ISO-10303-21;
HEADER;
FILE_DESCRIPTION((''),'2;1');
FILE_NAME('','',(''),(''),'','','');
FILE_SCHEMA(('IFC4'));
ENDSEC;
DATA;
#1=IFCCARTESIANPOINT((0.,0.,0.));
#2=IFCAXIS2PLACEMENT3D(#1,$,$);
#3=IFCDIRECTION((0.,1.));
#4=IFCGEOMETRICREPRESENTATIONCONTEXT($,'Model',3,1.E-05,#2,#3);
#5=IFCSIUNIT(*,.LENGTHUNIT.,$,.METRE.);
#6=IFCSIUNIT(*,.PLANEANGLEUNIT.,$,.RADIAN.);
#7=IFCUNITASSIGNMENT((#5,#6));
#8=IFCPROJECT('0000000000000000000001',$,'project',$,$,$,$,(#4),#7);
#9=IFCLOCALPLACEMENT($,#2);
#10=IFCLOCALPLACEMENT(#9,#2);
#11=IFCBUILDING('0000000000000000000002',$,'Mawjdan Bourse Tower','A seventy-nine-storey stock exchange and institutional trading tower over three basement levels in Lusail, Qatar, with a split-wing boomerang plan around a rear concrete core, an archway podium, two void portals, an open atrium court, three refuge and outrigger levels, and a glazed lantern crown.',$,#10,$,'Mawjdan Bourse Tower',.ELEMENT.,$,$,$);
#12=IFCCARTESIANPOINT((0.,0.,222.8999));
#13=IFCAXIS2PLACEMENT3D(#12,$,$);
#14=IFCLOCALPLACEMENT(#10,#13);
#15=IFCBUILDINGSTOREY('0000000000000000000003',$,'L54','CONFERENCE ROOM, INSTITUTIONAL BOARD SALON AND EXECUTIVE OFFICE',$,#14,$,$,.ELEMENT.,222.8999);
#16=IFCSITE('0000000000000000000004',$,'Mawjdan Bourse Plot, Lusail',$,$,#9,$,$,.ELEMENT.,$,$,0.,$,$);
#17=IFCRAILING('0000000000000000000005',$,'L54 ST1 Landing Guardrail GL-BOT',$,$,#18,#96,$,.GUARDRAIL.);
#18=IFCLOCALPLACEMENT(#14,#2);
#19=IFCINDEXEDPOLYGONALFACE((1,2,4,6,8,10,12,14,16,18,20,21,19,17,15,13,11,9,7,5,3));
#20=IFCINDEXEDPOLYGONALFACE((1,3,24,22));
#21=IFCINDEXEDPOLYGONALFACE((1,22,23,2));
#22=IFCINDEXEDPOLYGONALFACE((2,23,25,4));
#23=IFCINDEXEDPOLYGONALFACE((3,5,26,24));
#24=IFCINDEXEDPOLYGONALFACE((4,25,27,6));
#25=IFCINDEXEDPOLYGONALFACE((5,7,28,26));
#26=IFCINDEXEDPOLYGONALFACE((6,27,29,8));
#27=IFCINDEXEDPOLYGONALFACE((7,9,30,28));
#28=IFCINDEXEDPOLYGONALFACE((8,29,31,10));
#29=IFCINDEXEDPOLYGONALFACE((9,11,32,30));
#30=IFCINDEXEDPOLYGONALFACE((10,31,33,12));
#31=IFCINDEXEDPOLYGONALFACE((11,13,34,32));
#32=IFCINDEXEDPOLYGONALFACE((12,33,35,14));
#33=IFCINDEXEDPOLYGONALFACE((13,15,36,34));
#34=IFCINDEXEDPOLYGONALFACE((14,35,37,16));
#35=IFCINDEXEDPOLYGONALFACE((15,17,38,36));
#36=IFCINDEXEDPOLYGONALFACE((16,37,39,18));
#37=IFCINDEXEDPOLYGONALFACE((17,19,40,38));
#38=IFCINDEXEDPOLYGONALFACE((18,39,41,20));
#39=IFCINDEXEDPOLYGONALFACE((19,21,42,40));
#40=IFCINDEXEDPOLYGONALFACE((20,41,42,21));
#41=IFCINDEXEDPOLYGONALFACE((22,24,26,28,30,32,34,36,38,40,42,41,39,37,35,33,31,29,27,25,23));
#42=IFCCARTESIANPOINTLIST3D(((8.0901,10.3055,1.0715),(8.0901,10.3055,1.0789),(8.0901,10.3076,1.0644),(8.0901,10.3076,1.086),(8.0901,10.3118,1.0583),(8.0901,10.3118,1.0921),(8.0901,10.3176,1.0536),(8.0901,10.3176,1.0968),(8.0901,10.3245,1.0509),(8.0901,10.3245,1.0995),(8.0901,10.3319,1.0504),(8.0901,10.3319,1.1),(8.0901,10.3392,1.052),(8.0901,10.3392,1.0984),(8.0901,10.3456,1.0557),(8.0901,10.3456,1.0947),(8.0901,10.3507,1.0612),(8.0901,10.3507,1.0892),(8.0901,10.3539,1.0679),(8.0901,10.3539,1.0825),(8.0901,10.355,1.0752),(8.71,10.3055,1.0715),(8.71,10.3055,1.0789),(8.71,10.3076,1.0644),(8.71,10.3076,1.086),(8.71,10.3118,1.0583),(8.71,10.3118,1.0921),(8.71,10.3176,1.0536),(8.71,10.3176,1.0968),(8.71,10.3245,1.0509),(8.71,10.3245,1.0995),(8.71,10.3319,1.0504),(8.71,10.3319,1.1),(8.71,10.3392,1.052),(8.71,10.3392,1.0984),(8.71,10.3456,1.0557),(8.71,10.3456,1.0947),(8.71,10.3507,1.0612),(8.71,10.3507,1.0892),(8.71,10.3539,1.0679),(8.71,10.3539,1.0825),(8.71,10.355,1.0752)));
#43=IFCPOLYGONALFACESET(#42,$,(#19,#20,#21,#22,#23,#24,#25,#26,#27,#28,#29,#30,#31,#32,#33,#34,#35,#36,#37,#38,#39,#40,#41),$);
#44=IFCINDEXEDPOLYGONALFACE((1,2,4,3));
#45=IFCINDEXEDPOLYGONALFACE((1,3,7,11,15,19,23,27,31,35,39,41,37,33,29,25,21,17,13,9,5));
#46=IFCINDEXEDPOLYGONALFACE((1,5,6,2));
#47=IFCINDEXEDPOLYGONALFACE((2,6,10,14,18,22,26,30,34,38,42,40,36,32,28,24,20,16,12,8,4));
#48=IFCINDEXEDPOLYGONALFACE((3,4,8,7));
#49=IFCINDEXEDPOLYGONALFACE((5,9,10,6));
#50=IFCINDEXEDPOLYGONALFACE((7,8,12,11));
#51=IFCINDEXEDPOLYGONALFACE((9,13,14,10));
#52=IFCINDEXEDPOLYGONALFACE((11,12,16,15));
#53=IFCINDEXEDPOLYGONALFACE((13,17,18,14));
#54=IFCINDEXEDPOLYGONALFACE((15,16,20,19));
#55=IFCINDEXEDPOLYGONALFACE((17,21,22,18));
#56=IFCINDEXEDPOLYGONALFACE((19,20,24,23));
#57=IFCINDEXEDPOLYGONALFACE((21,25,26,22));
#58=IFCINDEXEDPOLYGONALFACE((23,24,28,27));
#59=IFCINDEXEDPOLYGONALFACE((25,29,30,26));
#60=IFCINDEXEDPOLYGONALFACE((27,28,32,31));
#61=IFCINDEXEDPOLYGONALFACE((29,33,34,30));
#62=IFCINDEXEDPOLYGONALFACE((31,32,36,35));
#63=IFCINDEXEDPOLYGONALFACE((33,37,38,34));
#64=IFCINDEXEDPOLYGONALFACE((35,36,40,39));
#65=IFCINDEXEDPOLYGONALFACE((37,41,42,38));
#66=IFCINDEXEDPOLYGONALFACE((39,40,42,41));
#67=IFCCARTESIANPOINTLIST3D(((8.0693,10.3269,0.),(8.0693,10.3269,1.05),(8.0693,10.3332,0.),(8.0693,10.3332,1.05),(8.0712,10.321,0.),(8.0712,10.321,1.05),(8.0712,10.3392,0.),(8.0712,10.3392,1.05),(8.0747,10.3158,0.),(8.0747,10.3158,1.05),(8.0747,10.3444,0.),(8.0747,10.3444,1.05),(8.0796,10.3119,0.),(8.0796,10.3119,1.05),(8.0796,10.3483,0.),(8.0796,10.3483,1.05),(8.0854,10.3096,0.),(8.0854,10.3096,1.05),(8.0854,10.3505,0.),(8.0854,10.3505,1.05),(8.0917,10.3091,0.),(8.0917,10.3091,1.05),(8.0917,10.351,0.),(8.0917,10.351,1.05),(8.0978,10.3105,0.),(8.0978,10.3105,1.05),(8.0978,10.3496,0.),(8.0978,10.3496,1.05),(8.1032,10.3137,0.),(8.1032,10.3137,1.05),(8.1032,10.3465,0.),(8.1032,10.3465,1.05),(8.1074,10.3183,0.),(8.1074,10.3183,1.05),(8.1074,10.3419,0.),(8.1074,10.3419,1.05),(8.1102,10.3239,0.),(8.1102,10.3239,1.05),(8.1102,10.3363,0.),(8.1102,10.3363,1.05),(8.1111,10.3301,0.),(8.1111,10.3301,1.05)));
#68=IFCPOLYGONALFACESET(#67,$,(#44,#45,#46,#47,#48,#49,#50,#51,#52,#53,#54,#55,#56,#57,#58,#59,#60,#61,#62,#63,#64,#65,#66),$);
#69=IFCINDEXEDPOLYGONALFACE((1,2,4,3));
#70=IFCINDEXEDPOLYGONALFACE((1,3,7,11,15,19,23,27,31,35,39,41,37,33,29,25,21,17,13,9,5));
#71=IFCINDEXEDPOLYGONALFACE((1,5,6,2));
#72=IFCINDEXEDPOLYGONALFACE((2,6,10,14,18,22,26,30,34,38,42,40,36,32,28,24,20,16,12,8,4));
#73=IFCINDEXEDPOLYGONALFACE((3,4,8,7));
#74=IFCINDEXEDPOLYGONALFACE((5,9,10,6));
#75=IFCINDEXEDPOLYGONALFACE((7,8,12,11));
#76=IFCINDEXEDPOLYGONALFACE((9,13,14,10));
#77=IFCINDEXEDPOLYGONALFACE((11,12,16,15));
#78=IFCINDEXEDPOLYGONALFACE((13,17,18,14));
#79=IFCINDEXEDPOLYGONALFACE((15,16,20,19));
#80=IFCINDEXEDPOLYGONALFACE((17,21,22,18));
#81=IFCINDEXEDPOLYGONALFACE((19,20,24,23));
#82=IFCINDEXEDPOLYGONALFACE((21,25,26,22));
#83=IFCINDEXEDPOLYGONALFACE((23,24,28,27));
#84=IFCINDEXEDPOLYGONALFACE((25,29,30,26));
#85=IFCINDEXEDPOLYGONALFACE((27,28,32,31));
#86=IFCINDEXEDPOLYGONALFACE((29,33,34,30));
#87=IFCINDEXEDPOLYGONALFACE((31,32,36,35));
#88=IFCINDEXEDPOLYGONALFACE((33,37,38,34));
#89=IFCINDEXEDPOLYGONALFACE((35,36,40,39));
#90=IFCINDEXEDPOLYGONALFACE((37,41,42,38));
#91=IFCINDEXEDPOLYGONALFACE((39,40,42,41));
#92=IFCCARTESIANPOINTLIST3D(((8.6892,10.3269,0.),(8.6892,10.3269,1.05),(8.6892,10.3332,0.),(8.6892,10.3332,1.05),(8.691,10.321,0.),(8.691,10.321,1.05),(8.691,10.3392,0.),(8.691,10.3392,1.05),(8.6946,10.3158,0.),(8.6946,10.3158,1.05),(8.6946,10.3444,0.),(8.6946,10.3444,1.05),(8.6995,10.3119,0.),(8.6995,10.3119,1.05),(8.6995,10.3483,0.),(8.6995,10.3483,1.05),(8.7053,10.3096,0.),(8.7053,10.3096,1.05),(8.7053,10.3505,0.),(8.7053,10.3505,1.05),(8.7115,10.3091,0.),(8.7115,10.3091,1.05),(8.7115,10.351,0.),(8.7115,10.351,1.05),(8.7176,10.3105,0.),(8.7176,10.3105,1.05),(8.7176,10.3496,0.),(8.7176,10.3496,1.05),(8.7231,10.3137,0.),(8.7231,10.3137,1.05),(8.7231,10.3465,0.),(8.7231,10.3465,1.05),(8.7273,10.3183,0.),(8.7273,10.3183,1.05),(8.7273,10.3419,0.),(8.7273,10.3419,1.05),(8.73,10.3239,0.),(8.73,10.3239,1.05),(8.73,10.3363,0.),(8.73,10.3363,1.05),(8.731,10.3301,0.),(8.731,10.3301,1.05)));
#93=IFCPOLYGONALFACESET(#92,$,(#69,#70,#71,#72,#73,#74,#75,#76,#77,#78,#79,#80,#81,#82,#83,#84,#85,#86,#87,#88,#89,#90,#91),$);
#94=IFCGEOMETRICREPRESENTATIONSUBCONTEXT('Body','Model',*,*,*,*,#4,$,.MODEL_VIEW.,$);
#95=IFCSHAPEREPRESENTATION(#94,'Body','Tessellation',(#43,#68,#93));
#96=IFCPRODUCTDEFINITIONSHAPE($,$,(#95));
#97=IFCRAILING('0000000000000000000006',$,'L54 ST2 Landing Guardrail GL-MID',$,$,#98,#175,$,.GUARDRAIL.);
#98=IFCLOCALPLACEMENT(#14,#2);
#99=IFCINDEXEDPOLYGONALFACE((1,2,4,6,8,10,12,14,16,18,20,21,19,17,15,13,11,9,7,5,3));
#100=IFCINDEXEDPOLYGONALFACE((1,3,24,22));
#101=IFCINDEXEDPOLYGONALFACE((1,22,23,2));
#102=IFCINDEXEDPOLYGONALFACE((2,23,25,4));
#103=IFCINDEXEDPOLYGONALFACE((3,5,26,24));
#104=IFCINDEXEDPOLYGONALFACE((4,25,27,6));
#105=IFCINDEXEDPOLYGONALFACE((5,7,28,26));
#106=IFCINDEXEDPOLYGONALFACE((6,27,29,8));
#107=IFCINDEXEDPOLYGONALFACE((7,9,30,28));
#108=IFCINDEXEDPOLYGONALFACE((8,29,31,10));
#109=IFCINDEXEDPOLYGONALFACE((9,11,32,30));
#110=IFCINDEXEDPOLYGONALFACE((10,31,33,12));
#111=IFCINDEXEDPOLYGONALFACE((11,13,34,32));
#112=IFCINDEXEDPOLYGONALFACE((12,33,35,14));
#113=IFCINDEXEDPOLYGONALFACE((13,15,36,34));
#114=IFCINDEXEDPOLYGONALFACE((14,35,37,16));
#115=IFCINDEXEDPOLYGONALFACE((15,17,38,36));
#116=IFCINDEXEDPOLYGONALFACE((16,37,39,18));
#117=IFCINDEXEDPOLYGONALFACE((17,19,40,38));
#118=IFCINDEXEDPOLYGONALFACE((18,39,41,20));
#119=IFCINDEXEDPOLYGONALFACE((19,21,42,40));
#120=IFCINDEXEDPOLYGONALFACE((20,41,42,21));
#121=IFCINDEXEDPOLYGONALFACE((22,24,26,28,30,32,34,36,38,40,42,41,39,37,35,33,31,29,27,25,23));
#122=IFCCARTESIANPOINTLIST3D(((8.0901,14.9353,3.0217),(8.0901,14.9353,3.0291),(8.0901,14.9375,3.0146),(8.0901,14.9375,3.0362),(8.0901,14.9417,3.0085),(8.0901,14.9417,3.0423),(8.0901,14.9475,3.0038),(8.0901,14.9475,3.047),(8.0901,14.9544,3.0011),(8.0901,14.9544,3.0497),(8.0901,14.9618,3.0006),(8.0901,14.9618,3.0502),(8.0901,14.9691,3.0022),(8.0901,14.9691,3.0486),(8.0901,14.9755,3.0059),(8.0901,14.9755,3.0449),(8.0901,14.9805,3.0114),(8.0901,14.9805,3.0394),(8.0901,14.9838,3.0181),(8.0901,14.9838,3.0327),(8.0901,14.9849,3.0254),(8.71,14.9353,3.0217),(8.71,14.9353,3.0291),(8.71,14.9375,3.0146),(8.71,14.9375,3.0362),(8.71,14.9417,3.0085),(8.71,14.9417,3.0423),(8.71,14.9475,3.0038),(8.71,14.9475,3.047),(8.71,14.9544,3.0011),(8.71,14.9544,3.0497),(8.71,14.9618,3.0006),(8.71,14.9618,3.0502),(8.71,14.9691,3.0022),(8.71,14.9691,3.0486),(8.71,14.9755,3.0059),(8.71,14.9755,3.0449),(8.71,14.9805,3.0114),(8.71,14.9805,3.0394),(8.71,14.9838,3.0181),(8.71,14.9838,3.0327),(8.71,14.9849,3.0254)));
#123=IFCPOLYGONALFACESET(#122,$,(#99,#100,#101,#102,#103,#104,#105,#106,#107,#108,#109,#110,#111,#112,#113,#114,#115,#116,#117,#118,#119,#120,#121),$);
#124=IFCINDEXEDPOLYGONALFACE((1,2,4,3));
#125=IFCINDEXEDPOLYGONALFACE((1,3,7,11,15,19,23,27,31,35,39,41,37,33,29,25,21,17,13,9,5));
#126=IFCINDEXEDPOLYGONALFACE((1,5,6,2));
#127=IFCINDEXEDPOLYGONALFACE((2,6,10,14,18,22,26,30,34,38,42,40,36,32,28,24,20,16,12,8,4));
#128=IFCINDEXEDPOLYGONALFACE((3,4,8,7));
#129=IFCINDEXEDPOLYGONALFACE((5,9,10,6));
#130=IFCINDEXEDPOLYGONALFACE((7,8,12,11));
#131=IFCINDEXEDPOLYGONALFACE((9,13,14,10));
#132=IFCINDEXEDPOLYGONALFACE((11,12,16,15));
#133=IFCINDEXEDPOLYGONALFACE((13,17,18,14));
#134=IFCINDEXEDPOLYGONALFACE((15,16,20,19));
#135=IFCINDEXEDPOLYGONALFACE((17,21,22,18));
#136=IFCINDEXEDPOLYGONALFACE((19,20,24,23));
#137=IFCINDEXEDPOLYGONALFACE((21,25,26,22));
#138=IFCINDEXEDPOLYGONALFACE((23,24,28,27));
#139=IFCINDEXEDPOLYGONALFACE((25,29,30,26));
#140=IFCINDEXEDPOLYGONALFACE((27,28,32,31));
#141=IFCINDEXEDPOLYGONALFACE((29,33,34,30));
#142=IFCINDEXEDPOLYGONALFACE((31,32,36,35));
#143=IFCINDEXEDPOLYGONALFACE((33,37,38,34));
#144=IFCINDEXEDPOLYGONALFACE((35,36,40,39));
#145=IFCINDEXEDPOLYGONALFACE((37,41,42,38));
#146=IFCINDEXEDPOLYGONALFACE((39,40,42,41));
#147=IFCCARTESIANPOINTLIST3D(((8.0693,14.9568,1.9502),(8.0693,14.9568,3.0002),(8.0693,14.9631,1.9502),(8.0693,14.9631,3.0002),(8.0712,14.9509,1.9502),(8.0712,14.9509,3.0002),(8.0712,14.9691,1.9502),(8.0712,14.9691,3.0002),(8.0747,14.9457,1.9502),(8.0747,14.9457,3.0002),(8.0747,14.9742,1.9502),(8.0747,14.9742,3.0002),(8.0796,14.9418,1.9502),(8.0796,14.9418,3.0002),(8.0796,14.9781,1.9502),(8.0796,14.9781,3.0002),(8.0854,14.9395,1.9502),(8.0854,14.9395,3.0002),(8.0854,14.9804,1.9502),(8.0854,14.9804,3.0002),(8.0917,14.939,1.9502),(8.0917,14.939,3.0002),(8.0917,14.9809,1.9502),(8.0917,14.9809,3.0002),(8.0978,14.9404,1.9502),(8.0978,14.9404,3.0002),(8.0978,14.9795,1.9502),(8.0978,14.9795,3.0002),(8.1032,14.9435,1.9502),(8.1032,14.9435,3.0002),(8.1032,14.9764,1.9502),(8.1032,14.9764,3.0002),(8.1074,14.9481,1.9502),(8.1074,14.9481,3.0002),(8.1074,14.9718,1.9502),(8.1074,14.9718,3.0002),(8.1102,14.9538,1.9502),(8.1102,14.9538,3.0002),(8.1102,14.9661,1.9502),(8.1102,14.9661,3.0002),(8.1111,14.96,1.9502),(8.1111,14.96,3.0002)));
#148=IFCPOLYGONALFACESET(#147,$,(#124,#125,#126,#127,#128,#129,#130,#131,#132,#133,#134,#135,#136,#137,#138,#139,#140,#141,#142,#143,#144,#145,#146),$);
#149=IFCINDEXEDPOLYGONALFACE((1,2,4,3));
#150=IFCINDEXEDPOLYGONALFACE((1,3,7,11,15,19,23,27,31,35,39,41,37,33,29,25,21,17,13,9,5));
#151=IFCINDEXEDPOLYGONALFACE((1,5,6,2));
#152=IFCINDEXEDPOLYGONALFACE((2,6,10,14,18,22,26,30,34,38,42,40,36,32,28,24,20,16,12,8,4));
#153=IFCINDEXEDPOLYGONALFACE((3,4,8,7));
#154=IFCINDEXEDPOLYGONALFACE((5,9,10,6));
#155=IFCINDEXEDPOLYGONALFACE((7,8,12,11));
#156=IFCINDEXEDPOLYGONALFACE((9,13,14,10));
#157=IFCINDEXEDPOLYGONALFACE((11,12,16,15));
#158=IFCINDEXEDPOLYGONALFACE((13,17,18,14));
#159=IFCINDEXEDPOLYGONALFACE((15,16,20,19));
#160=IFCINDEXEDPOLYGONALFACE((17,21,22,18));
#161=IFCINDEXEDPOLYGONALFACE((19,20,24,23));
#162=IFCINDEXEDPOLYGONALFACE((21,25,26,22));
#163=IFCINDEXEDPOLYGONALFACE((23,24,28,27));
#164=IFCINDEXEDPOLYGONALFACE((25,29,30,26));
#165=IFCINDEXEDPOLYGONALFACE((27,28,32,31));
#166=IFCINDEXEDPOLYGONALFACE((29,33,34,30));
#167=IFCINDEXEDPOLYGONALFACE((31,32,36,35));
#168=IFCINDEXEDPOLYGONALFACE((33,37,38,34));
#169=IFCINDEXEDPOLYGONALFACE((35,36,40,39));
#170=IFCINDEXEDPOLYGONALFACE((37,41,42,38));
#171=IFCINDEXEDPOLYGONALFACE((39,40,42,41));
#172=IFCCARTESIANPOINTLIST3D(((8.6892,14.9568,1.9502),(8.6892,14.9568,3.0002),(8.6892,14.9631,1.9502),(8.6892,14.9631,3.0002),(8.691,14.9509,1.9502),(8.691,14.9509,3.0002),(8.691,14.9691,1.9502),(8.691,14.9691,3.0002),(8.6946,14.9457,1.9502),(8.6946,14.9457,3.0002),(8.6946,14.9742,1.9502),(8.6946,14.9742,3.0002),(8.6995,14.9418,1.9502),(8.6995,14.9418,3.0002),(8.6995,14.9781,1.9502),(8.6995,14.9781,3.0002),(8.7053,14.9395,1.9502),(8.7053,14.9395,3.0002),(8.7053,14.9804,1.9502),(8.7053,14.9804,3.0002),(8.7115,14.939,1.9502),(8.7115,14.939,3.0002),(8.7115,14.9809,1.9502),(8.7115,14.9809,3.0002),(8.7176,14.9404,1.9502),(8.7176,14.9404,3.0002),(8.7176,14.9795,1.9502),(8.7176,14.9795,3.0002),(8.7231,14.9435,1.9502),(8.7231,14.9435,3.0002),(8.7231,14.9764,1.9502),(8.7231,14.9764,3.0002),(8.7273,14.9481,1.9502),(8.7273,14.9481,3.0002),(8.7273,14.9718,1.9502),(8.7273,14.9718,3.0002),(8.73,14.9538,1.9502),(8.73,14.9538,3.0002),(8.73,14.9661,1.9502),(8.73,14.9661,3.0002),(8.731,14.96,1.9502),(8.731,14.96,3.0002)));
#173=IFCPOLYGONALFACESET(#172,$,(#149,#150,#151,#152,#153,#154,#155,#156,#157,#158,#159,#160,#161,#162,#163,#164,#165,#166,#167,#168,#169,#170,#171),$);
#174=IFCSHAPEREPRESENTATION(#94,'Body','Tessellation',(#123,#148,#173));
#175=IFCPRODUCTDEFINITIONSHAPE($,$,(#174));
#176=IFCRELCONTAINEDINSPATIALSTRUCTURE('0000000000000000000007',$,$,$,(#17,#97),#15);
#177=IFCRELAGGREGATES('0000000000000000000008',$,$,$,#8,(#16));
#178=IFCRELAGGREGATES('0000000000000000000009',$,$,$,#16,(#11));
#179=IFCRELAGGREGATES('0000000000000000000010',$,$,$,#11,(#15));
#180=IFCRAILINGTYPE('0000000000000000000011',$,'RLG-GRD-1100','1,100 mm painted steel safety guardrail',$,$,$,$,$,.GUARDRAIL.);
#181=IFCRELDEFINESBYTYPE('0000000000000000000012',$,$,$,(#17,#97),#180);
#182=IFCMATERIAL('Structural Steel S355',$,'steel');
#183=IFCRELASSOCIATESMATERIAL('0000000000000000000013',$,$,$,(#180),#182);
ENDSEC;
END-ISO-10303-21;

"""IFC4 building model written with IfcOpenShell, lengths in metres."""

from ifc_helpers import new_model, si_unit, direction, frame, origin, origin_2d, place, context, subcontext, project, spatial, circle, extrude, material, type_object, element, save


model = new_model("IFC4")

# Units and contexts
model_context = context("Model", 3, precision=1e-05, world=origin(), true_north=direction((0.0, 1.0)))
body_context = subcontext(model_context, "Body", "Model", "MODEL_VIEW")
ifc_project = project(units=[si_unit("LENGTHUNIT", "METRE"), si_unit("PLANEANGLEUNIT", "RADIAN")], contexts=[model_context])

# Site, building, storey
site_placement = place(None, origin())
site = spatial("IfcSite", under=ifc_project, at=site_placement, Name="Mawjdan Bourse Plot, Lusail", CompositionType="ELEMENT", RefElevation=0.0)
building_placement = place(site_placement, origin())
building = spatial("IfcBuilding", under=site, at=building_placement, Name="Mawjdan Bourse Tower", Description="A seventy-nine-storey stock exchange and institutional trading tower over three basement levels in Lusail, Qatar, with a split-wing boomerang plan around a rear concrete core, an archway podium, two void portals, an open atrium court, three refuge and outrigger levels, and a glazed lantern crown.", LongName="Mawjdan Bourse Tower", CompositionType="ELEMENT")
storey_placement = place(building_placement, frame((0.0, 0.0, 222.8999)))
storey = spatial("IfcBuildingStorey", under=building, at=storey_placement, Name="L54", Description="CONFERENCE ROOM, INSTITUTIONAL BOARD SALON AND EXECUTIVE OFFICE", CompositionType="ELEMENT", Elevation=222.8999)

# Shared definitions
ifc_material_1 = material(Name="Structural Steel S355", Category="steel")

# Railings
railing_type_1 = type_object("IfcRailingType", Name="RLG-GRD-1100", Description="1,100 mm painted steel safety guardrail", PredefinedType="GUARDRAIL", material=ifc_material_1)
for number, where, name in (
    (1, (8.0901, 10.3301, 0.0), "L54 ST1 Landing Guardrail GL-BOT"),
    (2, (8.0901, 14.96, 1.9502), "L54 ST2 Landing Guardrail GL-MID"),
):
    element("IfcRailing", number, at=place(storey_placement, frame(where)), inside=storey, type_object=railing_type_1, Name=name, PredefinedType="GUARDRAIL", context=body_context, shape_type="SweptSolid", body=[
        extrude(circle(Radius=0.0249, at=origin_2d()), frame((0.0, 0.0, 1.0752), z_axis=(1.0, 0.0, 0.0), x_axis=(0.0, 1.0, 0.0)), (0.0, 0.0, 1.0), 0.6199),
        extrude(circle(Radius=0.021, at=origin_2d()), origin(), (0.0, 0.0, 1.0), 1.05),
        extrude(circle(Radius=0.021, at=origin_2d()), frame((0.6199, 0.0, 0.0)), (0.0, 0.0, 1.0), 1.05),
    ])

save(model, "model.ifc")
